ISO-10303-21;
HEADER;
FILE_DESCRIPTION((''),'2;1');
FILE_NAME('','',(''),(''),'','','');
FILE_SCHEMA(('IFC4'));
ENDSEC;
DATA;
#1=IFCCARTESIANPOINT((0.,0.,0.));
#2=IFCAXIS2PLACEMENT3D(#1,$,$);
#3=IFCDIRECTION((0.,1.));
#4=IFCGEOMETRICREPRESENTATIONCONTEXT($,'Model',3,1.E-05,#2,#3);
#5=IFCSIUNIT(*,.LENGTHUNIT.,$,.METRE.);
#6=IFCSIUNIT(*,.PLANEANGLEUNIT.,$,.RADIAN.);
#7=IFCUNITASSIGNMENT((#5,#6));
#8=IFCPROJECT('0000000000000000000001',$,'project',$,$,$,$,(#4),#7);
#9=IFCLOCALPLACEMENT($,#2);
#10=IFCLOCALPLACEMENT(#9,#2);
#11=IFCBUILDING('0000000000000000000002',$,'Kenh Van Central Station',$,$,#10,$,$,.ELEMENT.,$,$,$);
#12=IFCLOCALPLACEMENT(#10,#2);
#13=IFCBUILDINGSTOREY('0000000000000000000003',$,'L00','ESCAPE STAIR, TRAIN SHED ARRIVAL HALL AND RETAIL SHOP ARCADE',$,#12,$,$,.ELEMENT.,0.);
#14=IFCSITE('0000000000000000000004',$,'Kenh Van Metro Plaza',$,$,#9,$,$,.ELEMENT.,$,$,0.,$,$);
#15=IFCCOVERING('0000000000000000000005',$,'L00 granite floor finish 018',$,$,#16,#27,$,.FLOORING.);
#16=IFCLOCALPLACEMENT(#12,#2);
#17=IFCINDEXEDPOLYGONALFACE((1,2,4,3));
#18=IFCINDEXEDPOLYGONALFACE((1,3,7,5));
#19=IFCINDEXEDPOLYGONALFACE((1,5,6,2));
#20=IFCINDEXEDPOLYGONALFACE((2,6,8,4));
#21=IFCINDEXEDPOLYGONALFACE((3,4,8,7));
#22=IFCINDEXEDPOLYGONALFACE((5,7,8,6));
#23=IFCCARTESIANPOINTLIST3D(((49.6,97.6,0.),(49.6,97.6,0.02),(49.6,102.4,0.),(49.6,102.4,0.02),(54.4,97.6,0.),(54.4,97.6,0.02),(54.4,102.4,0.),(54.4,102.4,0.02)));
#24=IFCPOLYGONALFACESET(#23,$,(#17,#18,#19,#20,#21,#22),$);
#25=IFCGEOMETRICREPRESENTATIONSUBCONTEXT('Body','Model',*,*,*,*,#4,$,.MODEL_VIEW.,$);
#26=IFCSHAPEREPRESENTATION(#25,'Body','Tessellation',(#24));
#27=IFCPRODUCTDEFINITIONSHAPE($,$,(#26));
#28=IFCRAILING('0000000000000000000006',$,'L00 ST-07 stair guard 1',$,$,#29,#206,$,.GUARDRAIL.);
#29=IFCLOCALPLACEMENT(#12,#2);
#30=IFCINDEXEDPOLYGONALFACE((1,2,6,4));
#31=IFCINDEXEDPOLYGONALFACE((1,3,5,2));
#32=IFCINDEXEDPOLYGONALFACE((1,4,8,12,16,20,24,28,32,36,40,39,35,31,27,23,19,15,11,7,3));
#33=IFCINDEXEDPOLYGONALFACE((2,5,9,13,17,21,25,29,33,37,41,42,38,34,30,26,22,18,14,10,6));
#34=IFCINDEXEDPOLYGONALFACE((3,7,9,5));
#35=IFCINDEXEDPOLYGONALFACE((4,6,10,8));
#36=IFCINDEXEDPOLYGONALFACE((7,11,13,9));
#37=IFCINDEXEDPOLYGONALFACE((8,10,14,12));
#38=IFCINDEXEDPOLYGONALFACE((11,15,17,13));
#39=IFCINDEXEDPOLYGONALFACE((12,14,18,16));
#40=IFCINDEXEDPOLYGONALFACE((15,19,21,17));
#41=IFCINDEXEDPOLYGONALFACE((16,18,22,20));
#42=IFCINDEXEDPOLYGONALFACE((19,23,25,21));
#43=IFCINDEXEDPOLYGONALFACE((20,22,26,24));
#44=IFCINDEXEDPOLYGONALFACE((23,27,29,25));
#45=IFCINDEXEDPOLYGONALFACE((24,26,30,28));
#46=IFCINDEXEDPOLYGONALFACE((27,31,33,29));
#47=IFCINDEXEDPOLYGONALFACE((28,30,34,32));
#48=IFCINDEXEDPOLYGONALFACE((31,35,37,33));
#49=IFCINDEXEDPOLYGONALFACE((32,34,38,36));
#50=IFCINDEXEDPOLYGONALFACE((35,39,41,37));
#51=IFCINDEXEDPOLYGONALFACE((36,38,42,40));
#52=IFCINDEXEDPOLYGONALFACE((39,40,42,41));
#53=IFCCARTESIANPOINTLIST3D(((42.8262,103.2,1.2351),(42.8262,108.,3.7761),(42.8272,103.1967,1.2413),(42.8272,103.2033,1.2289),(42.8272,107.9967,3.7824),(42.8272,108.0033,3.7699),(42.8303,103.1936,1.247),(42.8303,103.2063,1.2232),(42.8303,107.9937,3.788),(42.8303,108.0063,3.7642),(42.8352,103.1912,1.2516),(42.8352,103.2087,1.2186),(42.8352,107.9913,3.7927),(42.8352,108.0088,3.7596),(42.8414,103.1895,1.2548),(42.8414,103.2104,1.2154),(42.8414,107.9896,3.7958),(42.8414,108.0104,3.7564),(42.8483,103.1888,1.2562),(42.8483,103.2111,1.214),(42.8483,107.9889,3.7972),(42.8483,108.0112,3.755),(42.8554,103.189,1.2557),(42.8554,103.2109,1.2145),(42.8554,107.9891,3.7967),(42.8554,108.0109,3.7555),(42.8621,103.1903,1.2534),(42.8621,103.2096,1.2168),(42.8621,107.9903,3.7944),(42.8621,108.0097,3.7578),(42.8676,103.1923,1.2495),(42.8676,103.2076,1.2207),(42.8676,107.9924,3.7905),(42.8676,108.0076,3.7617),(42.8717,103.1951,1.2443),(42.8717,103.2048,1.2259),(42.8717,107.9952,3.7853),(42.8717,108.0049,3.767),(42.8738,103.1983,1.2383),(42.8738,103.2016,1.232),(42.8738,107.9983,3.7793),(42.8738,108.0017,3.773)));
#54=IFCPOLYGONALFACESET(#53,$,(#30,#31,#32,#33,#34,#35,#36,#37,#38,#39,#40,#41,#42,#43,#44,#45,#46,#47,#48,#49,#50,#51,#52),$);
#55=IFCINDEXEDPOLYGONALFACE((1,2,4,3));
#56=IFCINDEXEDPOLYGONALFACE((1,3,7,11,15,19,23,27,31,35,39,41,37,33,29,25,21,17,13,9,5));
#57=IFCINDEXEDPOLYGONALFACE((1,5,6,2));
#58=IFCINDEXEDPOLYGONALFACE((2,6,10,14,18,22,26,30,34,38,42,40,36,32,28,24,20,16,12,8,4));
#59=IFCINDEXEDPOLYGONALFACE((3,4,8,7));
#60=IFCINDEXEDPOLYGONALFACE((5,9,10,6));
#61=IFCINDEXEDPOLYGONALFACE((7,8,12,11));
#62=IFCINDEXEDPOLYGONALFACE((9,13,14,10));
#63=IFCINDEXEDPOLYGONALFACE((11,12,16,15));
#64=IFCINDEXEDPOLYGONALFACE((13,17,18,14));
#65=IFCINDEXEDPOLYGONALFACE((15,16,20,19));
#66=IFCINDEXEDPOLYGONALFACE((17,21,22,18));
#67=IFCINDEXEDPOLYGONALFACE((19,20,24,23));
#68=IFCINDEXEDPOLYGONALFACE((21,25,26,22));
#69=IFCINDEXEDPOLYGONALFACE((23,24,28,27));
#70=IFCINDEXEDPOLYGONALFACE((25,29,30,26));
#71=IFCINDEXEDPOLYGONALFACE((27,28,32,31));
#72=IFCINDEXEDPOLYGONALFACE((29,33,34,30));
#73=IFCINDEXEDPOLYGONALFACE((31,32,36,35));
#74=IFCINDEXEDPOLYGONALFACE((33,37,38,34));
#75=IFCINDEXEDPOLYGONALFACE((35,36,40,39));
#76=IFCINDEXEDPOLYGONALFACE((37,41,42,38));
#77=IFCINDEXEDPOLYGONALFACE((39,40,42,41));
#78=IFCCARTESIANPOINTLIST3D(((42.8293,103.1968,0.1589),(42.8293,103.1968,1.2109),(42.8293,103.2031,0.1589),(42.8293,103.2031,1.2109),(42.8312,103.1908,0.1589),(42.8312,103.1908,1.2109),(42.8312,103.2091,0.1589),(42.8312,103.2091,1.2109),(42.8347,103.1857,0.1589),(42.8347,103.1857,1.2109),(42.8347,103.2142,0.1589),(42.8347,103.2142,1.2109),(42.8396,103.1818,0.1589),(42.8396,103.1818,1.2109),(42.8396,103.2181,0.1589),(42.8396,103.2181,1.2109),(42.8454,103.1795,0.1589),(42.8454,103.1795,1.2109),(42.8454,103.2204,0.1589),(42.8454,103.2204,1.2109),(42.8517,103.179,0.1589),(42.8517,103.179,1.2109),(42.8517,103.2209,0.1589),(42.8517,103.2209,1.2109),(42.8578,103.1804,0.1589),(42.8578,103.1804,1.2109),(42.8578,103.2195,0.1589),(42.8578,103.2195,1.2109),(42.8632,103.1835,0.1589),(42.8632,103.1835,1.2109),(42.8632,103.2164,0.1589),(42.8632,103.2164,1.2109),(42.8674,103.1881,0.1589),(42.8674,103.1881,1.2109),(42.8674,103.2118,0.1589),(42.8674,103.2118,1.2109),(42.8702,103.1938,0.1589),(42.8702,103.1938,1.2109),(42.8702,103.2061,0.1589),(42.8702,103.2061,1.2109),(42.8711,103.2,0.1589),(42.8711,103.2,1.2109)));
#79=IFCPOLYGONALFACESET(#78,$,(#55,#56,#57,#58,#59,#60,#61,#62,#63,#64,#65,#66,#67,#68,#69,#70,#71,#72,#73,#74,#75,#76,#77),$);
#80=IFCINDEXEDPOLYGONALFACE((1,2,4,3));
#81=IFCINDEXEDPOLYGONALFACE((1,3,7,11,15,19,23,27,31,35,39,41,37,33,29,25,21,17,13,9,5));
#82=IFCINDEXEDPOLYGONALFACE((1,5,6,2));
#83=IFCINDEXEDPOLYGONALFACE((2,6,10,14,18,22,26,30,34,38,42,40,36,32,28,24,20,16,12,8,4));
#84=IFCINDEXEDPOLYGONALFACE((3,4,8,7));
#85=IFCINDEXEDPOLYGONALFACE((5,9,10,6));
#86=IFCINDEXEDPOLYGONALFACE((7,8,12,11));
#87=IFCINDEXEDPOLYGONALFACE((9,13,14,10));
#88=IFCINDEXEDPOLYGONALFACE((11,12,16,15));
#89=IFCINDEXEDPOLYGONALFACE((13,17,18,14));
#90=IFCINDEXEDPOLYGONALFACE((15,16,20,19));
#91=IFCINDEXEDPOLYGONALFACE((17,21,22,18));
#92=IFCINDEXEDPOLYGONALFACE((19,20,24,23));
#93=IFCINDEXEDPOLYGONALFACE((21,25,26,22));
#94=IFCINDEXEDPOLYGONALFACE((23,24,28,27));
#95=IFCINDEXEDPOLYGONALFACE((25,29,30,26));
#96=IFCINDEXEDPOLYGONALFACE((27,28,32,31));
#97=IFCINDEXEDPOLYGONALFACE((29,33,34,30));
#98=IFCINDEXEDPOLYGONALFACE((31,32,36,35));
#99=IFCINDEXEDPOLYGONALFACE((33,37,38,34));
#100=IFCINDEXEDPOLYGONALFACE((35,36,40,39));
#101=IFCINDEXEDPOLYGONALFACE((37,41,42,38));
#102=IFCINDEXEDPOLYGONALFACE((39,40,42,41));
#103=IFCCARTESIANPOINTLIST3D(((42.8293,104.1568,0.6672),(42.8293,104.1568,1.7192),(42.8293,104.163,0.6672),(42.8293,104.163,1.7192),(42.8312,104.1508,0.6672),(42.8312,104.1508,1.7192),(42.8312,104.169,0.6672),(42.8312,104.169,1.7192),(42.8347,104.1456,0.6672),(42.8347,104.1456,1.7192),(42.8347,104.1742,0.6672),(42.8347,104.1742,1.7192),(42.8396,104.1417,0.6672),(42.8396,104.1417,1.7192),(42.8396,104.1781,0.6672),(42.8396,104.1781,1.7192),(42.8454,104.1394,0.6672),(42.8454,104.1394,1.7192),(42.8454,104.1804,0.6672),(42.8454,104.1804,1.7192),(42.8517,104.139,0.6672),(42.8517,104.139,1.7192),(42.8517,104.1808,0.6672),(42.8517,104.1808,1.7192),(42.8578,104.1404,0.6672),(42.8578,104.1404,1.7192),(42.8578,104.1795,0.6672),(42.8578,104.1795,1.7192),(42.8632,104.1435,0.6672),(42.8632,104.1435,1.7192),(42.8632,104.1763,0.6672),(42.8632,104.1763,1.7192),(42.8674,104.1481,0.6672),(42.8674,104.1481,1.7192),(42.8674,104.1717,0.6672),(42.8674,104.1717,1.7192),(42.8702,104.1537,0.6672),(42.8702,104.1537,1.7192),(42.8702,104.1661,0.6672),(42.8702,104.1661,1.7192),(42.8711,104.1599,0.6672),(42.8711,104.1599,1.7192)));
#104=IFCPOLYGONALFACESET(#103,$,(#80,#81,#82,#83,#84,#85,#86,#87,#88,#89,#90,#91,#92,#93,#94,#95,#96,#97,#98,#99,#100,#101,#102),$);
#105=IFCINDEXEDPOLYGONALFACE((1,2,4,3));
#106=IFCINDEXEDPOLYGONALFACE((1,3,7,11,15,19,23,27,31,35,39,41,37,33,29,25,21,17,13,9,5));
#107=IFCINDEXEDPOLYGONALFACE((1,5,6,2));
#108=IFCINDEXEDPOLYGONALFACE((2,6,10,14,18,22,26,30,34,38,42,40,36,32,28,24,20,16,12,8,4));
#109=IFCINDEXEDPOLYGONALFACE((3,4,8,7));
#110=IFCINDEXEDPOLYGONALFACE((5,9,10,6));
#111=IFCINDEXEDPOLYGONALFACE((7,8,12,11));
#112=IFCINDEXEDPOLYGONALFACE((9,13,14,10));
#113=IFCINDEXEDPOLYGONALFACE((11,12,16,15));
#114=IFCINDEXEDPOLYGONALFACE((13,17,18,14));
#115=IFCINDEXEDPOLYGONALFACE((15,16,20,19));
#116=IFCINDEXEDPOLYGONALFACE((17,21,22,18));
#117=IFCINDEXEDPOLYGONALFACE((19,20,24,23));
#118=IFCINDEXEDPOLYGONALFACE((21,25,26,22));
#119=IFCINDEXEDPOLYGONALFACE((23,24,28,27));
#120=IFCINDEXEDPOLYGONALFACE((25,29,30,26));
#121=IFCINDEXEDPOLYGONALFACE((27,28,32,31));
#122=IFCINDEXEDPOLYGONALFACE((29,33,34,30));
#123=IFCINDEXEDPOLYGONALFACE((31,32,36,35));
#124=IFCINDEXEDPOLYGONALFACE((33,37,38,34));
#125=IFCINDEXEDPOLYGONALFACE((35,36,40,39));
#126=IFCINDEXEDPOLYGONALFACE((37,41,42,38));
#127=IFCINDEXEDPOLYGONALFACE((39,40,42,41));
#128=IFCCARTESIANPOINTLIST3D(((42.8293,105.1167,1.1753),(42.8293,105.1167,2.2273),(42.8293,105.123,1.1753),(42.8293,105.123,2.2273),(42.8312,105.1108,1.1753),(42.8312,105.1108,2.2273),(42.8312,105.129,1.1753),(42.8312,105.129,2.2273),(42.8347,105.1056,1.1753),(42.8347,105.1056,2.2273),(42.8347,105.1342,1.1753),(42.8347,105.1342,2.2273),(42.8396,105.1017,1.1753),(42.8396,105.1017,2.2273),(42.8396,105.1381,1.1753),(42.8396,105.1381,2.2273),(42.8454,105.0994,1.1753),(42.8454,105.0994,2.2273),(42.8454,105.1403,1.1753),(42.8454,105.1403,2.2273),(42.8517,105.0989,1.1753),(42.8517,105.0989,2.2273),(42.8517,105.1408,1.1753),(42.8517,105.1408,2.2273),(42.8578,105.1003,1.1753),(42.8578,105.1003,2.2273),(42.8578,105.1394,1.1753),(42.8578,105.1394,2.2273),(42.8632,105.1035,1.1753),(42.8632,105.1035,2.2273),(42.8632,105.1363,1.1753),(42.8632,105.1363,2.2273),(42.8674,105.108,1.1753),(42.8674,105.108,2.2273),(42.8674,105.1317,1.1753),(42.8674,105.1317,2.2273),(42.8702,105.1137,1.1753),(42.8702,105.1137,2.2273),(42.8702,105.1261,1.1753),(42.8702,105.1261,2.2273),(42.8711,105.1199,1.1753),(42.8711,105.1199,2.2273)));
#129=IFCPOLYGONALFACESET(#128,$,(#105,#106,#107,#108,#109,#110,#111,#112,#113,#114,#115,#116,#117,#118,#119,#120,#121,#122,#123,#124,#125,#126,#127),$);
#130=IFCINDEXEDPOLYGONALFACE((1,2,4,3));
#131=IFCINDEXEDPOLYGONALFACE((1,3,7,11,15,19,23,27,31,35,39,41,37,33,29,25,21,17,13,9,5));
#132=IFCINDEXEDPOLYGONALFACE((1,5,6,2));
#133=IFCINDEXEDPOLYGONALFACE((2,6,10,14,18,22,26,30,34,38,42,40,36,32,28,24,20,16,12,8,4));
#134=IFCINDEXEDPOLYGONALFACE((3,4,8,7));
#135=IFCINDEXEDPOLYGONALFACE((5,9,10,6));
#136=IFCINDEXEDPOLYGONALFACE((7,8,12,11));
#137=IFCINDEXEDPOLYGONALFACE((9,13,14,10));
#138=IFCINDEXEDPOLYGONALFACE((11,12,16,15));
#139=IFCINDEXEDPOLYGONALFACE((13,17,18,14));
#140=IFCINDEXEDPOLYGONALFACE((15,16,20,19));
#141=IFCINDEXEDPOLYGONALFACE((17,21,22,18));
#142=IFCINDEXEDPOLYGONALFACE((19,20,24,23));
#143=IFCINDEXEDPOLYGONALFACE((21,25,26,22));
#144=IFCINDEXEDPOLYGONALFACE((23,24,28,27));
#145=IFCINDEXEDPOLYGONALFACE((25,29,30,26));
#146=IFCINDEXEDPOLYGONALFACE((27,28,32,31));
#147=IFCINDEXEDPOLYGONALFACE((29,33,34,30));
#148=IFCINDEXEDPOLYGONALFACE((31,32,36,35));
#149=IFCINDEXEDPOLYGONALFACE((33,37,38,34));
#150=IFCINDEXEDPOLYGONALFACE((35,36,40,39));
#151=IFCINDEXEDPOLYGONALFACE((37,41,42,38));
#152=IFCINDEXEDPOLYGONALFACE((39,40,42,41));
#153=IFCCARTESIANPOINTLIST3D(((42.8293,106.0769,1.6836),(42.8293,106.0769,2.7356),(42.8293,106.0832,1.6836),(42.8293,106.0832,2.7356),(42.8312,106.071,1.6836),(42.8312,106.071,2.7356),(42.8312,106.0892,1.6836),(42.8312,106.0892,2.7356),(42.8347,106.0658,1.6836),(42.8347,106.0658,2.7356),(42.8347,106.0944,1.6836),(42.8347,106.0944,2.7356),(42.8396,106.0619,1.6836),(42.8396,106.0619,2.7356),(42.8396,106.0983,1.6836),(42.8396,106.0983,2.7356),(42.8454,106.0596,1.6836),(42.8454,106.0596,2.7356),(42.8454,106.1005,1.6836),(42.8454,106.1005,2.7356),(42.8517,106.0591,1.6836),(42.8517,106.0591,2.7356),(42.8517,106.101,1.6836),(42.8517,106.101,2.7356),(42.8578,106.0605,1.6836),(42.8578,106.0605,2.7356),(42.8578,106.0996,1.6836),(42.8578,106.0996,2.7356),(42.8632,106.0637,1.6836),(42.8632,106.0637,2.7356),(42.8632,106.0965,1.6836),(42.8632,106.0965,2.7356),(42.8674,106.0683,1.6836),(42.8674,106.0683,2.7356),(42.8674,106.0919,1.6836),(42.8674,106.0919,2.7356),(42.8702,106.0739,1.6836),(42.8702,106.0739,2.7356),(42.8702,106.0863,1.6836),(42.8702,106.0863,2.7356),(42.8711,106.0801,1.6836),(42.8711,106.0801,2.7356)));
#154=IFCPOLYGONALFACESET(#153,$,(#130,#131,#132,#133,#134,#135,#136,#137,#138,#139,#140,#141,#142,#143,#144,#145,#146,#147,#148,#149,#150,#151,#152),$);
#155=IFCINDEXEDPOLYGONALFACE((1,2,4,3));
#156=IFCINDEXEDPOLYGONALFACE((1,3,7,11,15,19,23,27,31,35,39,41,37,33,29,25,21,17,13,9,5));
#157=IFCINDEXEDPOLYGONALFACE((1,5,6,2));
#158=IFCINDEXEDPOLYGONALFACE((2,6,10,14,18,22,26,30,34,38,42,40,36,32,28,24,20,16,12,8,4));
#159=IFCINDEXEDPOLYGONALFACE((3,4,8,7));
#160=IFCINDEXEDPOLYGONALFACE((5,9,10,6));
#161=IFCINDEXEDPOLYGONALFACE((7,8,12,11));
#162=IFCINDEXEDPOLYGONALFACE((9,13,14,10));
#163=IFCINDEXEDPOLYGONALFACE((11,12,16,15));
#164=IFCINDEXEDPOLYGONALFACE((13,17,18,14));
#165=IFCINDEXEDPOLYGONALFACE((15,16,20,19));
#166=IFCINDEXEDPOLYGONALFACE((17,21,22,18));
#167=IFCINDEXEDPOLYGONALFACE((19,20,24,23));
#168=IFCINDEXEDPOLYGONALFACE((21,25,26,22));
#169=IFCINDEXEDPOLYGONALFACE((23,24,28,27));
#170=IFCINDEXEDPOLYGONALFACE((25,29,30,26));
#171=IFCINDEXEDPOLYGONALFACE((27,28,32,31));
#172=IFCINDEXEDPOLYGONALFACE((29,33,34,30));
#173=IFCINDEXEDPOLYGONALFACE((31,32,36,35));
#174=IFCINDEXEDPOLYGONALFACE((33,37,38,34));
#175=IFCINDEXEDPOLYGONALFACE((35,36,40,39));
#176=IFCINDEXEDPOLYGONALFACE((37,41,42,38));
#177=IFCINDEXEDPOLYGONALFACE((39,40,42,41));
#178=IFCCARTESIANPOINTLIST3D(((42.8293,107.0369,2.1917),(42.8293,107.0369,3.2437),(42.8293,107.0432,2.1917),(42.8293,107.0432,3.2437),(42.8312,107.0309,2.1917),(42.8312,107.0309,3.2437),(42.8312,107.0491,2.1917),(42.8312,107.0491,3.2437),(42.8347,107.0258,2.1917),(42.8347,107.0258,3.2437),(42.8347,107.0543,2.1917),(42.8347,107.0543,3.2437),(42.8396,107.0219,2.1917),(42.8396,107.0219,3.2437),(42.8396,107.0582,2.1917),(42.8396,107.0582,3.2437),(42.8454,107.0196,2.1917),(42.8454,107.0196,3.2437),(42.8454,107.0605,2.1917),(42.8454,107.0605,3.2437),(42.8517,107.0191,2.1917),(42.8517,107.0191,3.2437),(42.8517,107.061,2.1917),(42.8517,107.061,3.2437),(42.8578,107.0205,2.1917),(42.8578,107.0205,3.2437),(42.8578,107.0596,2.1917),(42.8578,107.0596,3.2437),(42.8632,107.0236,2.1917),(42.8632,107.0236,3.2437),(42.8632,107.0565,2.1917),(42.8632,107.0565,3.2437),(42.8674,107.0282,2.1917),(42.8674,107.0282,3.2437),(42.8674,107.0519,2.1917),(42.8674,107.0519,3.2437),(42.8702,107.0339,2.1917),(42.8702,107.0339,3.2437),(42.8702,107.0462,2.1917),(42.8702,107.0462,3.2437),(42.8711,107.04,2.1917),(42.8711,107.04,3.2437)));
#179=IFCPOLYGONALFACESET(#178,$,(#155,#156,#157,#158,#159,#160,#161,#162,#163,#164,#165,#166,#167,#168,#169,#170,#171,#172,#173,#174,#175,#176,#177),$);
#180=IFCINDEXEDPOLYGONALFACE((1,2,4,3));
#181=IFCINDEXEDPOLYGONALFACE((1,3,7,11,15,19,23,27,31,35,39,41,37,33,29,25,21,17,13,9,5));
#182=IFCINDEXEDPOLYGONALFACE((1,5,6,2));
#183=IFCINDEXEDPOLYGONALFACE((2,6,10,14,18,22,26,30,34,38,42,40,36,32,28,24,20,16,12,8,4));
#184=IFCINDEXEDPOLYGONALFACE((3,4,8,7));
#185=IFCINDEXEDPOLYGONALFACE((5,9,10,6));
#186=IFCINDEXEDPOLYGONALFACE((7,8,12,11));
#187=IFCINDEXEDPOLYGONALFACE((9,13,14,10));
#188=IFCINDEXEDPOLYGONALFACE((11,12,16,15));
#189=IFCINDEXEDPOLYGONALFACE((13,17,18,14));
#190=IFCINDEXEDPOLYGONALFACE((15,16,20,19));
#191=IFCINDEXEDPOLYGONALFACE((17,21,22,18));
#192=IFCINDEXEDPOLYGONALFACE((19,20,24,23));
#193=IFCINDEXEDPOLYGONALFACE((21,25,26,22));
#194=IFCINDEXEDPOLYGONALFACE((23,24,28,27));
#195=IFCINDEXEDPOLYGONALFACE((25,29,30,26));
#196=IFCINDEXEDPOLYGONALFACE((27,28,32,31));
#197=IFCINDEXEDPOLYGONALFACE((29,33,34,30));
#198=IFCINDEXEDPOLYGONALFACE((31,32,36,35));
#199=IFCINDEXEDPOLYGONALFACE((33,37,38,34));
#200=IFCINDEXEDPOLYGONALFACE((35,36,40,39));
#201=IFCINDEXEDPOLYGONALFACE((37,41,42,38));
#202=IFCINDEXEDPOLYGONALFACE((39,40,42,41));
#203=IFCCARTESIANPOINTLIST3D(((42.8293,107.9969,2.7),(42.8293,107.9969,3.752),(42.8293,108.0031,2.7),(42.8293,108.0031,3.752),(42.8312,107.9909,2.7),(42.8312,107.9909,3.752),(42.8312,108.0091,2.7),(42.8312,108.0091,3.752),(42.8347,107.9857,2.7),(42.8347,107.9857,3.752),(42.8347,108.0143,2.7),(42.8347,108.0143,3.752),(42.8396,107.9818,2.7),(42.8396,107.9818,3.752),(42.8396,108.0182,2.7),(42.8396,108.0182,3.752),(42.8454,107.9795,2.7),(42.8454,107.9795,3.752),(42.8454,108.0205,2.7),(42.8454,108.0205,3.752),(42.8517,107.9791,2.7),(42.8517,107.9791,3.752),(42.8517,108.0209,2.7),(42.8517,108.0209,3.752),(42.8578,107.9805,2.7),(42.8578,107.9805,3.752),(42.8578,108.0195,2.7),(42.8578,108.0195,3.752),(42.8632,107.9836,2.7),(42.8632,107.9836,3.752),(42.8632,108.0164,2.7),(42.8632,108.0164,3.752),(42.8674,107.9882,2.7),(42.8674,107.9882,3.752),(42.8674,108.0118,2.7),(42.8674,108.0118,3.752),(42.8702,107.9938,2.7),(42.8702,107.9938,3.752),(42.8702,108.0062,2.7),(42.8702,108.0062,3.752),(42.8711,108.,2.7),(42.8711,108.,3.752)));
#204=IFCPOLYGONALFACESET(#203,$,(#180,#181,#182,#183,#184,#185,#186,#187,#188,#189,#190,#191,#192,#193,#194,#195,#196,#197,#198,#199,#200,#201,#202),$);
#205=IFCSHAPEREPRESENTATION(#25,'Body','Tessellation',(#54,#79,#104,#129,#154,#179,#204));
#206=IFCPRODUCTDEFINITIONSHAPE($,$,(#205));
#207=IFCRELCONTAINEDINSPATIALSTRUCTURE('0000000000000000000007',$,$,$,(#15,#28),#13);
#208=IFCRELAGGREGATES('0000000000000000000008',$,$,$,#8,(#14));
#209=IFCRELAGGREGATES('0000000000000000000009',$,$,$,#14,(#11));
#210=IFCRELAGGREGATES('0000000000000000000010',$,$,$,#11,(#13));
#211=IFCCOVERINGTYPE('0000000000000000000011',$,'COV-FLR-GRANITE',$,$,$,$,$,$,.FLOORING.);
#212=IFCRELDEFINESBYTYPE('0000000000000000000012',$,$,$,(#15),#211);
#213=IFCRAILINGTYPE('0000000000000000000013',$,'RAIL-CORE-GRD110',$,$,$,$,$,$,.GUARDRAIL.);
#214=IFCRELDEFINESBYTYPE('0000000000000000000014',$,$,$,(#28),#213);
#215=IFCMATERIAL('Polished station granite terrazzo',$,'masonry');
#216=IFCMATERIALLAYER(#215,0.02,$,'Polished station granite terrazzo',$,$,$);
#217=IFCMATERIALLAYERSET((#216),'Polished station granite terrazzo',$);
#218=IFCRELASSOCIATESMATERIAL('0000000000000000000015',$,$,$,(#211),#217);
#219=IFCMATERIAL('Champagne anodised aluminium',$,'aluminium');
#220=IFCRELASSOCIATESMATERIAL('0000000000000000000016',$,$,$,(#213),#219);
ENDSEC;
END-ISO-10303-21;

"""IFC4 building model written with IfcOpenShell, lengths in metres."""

from ifc_helpers import new_model, si_unit, direction, frame, origin, origin_2d, place, context, subcontext, project, spatial, rectangle, circle, extrude, material, layer, layer_set, type_object, element, save


model = new_model("IFC4")

# Units and contexts
model_context = context("Model", 3, precision=1e-05, world=origin(), true_north=direction((0.0, 1.0)))
body_context = subcontext(model_context, "Body", "Model", "MODEL_VIEW")
ifc_project = project(units=[si_unit("LENGTHUNIT", "METRE"), si_unit("PLANEANGLEUNIT", "RADIAN")], contexts=[model_context])

# Site, building, storey
site_placement = place(None, origin())
site = spatial("IfcSite", under=ifc_project, at=site_placement, Name="Kenh Van Metro Plaza", CompositionType="ELEMENT", RefElevation=0.0)
building_placement = place(site_placement, origin())
building = spatial("IfcBuilding", under=site, at=building_placement, Name="Kenh Van Central Station", CompositionType="ELEMENT")
storey_placement = place(building_placement, origin())
storey = spatial("IfcBuildingStorey", under=building, at=storey_placement, Name="L00", Description="ESCAPE STAIR, TRAIN SHED ARRIVAL HALL AND RETAIL SHOP ARCADE", CompositionType="ELEMENT", Elevation=0.0)

# Shared definitions
ifc_material_1 = material(Name="Champagne anodised aluminium", Category="aluminium")

# Covering
ifc_material_2 = material(Name="Polished station granite terrazzo", Category="masonry")
ifc_layer_1 = layer(ifc_material_2, 0.02, Name="Polished station granite terrazzo")
ifc_layer_set_1 = layer_set([ifc_layer_1], Name="Polished station granite terrazzo")
covering_type = type_object("IfcCoveringType", Name="COV-FLR-GRANITE", PredefinedType="FLOORING", material=ifc_layer_set_1)
covering_placement = place(storey_placement, frame((52.0, 100.0, 0.0), z_axis=(0.0, 0.0, 1.0), x_axis=(1.0, 0.0, 0.0)))
element("IfcCovering", 1, at=covering_placement, inside=storey, type_object=covering_type, Name="L00 granite floor finish 018", PredefinedType="FLOORING", context=body_context, shape_type="SweptSolid", body=[
    extrude(rectangle(XDim=4.8, YDim=4.8, at=origin_2d()), origin(), (0.0, 0.0, 1.0), 0.02),
])

# Railing
railing_type_1 = type_object("IfcRailingType", Name="RAIL-CORE-GRD110", PredefinedType="GUARDRAIL", material=ifc_material_1)
railing_1_placement = place(storey_placement, frame((42.8501, 103.2, 0.1589)))
element("IfcRailing", 2, at=railing_1_placement, inside=storey, type_object=railing_type_1, Name="L00 ST-07 stair guard 1", PredefinedType="GUARDRAIL", context=body_context, shape_type="SweptSolid", body=[
    extrude(circle(Radius=0.0239, at=origin_2d()), frame((0.0, 0.0, 1.0762), z_axis=(0.0, 0.883802, 0.467861), x_axis=(-1.0, 0.0, 0.0)), (0.0, 0.0, 1.0), 5.4312),
    extrude(circle(Radius=0.021, at=origin_2d()), origin(), (0.0, 0.0, 1.0), 1.052),
    extrude(circle(Radius=0.021, at=origin_2d()), frame((0.0, 0.96, 0.5083)), (0.0, 0.0, 1.0), 1.052),
    extrude(circle(Radius=0.021, at=origin_2d()), frame((0.0, 1.9199, 1.0164)), (0.0, 0.0, 1.0), 1.052),
    extrude(circle(Radius=0.021, at=origin_2d()), frame((0.0, 2.8801, 1.5247)), (0.0, 0.0, 1.0), 1.052),
    extrude(circle(Radius=0.021, at=origin_2d()), frame((0.0, 3.8401, 2.0327)), (0.0, 0.0, 1.0), 1.052),
    extrude(circle(Radius=0.021, at=origin_2d()), frame((0.0, 4.8, 2.541)), (0.0, 0.0, 1.0), 1.052),
])

save(model, "model.ifc")
